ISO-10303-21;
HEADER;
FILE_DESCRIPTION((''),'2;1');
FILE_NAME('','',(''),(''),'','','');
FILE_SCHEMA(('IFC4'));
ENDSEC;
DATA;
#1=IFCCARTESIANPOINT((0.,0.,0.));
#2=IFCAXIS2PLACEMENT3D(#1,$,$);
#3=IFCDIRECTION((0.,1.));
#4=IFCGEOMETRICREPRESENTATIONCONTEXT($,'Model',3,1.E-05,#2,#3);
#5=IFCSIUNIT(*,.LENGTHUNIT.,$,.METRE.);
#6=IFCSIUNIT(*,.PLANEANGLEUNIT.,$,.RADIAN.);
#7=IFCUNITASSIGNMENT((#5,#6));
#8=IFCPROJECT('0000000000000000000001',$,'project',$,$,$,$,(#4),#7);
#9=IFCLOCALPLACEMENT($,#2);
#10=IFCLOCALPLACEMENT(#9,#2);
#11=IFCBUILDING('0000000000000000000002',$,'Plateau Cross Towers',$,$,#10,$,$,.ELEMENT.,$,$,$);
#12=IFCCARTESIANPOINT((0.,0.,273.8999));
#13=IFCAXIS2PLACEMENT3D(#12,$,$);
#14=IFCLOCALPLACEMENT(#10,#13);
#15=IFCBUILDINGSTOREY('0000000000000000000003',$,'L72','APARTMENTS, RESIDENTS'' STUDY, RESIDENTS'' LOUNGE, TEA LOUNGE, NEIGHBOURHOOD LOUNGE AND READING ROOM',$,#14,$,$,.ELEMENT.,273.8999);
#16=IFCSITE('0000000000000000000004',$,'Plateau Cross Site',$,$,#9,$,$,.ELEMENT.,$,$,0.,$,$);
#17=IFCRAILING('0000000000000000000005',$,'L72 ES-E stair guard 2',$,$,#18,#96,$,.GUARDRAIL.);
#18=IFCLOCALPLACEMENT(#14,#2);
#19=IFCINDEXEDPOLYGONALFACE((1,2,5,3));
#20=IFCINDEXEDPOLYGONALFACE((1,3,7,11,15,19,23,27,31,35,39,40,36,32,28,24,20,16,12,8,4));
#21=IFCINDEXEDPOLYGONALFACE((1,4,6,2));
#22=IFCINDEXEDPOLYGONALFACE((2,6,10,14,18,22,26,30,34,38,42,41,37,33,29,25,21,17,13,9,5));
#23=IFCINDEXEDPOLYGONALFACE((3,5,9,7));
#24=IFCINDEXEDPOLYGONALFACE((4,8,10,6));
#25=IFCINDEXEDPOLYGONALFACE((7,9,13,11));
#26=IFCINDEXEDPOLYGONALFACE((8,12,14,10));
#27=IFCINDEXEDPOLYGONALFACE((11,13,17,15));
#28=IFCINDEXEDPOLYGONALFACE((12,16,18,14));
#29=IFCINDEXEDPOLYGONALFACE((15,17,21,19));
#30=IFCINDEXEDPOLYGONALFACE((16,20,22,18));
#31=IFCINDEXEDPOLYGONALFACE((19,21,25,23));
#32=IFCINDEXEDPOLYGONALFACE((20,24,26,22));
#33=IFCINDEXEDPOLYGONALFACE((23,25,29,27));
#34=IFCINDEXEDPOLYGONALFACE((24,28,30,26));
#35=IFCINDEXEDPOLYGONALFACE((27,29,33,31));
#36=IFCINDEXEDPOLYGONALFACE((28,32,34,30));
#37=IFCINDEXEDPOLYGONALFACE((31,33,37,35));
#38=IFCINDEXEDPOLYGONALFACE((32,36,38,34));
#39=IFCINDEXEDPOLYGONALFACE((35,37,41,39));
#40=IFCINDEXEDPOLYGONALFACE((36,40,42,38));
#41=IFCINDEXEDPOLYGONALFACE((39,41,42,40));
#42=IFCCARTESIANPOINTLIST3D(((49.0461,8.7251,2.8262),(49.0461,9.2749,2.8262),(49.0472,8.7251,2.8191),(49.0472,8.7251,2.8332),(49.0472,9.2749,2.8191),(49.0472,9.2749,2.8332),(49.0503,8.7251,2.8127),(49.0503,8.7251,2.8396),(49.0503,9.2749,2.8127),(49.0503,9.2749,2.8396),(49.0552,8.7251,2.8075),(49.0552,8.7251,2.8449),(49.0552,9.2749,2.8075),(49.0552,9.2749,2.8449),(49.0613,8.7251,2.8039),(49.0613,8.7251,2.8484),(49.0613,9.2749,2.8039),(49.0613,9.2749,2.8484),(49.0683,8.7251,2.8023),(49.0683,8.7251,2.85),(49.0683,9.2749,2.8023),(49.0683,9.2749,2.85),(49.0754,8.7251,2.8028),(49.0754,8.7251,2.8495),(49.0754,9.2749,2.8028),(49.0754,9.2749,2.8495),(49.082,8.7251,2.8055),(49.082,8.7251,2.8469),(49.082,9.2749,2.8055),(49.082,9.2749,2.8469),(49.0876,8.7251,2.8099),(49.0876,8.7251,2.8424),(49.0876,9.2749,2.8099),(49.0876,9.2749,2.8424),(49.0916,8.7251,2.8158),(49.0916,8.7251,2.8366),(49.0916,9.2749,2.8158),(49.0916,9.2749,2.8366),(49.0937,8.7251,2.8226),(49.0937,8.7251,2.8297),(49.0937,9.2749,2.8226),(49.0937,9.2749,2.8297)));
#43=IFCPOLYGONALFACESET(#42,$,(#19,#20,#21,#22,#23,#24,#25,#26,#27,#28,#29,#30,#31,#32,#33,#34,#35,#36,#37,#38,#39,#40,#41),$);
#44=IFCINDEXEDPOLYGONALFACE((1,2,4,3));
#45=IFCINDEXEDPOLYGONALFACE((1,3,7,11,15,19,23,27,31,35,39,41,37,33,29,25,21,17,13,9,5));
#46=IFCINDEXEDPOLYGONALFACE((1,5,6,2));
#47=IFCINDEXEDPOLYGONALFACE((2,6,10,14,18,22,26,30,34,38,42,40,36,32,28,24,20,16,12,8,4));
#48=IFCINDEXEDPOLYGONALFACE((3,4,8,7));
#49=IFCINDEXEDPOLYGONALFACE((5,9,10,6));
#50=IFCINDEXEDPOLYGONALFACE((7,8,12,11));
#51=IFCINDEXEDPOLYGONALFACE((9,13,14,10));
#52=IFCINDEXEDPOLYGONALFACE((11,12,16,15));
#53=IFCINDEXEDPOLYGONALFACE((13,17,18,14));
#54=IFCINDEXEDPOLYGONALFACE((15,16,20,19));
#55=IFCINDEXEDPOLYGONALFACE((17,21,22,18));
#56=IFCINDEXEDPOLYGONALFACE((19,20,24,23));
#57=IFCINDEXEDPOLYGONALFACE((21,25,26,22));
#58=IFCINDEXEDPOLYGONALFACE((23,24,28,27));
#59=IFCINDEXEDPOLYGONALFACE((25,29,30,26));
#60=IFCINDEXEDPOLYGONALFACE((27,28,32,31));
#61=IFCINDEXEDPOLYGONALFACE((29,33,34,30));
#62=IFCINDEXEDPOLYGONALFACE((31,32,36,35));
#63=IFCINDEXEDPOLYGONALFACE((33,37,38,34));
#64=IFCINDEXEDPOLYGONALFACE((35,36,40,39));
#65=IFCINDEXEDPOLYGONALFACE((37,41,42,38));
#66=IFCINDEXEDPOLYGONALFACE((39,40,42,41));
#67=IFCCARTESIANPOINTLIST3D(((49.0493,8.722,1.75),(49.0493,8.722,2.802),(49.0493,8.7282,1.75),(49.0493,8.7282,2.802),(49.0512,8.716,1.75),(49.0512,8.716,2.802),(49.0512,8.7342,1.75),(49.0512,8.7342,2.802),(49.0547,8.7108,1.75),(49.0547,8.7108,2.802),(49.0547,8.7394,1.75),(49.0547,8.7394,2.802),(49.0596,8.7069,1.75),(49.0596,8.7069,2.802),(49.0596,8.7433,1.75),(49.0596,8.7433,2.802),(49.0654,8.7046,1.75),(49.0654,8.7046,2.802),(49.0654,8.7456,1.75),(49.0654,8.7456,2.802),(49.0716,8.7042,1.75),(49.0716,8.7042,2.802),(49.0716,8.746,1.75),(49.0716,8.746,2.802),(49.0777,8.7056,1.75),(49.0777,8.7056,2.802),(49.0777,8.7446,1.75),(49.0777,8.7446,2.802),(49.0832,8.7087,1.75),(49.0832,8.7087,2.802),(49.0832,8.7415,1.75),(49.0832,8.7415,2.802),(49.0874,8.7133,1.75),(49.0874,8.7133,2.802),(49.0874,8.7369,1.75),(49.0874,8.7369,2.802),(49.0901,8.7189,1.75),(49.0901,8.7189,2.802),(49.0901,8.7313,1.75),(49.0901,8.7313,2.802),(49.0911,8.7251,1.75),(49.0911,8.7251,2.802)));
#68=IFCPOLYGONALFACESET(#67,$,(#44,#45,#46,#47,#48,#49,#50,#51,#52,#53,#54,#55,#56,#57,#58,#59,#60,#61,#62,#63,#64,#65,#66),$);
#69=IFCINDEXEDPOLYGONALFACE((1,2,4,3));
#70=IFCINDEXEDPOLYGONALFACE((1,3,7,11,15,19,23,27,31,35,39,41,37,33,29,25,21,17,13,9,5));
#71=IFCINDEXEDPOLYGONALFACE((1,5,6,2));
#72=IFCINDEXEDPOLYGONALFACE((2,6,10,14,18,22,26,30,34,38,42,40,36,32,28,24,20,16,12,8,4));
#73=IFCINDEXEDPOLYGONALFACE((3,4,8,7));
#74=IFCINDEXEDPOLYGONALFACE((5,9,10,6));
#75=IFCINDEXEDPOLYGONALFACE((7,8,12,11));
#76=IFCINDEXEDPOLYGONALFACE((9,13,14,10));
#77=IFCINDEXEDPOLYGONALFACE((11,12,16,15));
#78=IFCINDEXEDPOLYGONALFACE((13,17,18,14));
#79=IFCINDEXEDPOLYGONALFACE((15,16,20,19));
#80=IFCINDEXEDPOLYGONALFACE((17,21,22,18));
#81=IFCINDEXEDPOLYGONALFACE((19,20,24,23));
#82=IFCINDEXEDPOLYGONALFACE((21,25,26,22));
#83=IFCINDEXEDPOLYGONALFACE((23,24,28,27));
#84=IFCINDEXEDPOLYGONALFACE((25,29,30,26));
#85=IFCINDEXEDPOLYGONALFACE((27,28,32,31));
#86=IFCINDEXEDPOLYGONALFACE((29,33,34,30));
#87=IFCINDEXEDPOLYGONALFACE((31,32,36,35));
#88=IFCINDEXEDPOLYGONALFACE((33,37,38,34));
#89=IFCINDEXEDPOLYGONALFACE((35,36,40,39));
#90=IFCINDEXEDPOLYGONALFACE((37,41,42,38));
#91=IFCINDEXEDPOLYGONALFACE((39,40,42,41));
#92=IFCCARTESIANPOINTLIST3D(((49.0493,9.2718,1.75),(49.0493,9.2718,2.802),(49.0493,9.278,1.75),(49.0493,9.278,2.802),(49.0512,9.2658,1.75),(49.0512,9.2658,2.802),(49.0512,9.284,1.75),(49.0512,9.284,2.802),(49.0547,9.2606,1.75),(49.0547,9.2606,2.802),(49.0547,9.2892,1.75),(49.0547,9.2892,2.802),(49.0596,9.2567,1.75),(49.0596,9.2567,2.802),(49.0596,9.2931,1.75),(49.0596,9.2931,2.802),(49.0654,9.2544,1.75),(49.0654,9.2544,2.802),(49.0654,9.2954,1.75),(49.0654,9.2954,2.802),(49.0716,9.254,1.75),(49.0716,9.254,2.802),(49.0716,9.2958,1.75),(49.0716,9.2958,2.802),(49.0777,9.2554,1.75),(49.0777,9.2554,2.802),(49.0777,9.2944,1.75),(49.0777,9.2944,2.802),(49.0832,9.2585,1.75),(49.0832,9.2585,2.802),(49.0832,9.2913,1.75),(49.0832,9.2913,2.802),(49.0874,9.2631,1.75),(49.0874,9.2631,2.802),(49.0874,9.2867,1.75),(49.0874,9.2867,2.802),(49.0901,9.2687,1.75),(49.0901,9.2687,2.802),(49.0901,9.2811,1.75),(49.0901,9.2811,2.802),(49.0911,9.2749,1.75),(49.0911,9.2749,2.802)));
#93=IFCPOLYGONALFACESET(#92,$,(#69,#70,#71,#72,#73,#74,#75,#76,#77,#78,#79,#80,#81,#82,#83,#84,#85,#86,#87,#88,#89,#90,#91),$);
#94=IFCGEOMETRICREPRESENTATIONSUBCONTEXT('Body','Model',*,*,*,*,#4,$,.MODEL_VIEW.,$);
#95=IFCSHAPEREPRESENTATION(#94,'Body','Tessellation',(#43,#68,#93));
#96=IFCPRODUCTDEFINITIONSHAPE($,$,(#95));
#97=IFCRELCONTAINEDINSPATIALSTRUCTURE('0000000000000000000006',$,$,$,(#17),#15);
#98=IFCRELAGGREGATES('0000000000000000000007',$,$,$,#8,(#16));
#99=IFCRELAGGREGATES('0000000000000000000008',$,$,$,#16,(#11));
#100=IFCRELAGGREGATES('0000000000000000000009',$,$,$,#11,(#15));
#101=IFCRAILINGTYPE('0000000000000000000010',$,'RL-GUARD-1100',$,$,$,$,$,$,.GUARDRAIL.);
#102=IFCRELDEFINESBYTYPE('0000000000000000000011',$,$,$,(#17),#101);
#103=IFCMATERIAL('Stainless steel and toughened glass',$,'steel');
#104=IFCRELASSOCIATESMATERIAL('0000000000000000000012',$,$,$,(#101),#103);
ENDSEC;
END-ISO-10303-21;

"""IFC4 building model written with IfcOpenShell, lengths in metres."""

from ifc_helpers import new_model, si_unit, direction, frame, origin, origin_2d, place, context, subcontext, project, spatial, circle, extrude, material, type_object, element, save


model = new_model("IFC4")

# Units and contexts
model_context = context("Model", 3, precision=1e-05, world=origin(), true_north=direction((0.0, 1.0)))
body_context = subcontext(model_context, "Body", "Model", "MODEL_VIEW")
ifc_project = project(units=[si_unit("LENGTHUNIT", "METRE"), si_unit("PLANEANGLEUNIT", "RADIAN")], contexts=[model_context])

# Site, building, storey
site_placement = place(None, origin())
site = spatial("IfcSite", under=ifc_project, at=site_placement, Name="Plateau Cross Site", CompositionType="ELEMENT", RefElevation=0.0)
building_placement = place(site_placement, origin())
building = spatial("IfcBuilding", under=site, at=building_placement, Name="Plateau Cross Towers", CompositionType="ELEMENT")
storey_placement = place(building_placement, frame((0.0, 0.0, 273.8999)))
storey = spatial("IfcBuildingStorey", under=building, at=storey_placement, Name="L72", Description="APARTMENTS, RESIDENTS' STUDY, RESIDENTS' LOUNGE, TEA LOUNGE, NEIGHBOURHOOD LOUNGE AND READING ROOM", CompositionType="ELEMENT", Elevation=273.8999)

# Railing
ifc_material_1 = material(Name="Stainless steel and toughened glass", Category="steel")
railing_type_1 = type_object("IfcRailingType", Name="RL-GUARD-1100", PredefinedType="GUARDRAIL", material=ifc_material_1)
railing_1_placement = place(storey_placement, frame((49.0701, 8.7251, 1.75)))
element("IfcRailing", 1, at=railing_1_placement, inside=storey, type_object=railing_type_1, Name="L72 ES-E stair guard 2", PredefinedType="GUARDRAIL", context=body_context, shape_type="SweptSolid", body=[
    extrude(circle(Radius=0.0239, at=origin_2d()), frame((0.0, 0.0, 1.0762), z_axis=(0.0, 1.0, 0.0), x_axis=(-1.0, 0.0, 0.0)), (0.0, 0.0, 1.0), 0.5498),
    extrude(circle(Radius=0.021, at=origin_2d()), origin(), (0.0, 0.0, 1.0), 1.052),
    extrude(circle(Radius=0.021, at=origin_2d()), frame((0.0, 0.5498, 0.0)), (0.0, 0.0, 1.0), 1.052),
])

save(model, "model.ifc")
